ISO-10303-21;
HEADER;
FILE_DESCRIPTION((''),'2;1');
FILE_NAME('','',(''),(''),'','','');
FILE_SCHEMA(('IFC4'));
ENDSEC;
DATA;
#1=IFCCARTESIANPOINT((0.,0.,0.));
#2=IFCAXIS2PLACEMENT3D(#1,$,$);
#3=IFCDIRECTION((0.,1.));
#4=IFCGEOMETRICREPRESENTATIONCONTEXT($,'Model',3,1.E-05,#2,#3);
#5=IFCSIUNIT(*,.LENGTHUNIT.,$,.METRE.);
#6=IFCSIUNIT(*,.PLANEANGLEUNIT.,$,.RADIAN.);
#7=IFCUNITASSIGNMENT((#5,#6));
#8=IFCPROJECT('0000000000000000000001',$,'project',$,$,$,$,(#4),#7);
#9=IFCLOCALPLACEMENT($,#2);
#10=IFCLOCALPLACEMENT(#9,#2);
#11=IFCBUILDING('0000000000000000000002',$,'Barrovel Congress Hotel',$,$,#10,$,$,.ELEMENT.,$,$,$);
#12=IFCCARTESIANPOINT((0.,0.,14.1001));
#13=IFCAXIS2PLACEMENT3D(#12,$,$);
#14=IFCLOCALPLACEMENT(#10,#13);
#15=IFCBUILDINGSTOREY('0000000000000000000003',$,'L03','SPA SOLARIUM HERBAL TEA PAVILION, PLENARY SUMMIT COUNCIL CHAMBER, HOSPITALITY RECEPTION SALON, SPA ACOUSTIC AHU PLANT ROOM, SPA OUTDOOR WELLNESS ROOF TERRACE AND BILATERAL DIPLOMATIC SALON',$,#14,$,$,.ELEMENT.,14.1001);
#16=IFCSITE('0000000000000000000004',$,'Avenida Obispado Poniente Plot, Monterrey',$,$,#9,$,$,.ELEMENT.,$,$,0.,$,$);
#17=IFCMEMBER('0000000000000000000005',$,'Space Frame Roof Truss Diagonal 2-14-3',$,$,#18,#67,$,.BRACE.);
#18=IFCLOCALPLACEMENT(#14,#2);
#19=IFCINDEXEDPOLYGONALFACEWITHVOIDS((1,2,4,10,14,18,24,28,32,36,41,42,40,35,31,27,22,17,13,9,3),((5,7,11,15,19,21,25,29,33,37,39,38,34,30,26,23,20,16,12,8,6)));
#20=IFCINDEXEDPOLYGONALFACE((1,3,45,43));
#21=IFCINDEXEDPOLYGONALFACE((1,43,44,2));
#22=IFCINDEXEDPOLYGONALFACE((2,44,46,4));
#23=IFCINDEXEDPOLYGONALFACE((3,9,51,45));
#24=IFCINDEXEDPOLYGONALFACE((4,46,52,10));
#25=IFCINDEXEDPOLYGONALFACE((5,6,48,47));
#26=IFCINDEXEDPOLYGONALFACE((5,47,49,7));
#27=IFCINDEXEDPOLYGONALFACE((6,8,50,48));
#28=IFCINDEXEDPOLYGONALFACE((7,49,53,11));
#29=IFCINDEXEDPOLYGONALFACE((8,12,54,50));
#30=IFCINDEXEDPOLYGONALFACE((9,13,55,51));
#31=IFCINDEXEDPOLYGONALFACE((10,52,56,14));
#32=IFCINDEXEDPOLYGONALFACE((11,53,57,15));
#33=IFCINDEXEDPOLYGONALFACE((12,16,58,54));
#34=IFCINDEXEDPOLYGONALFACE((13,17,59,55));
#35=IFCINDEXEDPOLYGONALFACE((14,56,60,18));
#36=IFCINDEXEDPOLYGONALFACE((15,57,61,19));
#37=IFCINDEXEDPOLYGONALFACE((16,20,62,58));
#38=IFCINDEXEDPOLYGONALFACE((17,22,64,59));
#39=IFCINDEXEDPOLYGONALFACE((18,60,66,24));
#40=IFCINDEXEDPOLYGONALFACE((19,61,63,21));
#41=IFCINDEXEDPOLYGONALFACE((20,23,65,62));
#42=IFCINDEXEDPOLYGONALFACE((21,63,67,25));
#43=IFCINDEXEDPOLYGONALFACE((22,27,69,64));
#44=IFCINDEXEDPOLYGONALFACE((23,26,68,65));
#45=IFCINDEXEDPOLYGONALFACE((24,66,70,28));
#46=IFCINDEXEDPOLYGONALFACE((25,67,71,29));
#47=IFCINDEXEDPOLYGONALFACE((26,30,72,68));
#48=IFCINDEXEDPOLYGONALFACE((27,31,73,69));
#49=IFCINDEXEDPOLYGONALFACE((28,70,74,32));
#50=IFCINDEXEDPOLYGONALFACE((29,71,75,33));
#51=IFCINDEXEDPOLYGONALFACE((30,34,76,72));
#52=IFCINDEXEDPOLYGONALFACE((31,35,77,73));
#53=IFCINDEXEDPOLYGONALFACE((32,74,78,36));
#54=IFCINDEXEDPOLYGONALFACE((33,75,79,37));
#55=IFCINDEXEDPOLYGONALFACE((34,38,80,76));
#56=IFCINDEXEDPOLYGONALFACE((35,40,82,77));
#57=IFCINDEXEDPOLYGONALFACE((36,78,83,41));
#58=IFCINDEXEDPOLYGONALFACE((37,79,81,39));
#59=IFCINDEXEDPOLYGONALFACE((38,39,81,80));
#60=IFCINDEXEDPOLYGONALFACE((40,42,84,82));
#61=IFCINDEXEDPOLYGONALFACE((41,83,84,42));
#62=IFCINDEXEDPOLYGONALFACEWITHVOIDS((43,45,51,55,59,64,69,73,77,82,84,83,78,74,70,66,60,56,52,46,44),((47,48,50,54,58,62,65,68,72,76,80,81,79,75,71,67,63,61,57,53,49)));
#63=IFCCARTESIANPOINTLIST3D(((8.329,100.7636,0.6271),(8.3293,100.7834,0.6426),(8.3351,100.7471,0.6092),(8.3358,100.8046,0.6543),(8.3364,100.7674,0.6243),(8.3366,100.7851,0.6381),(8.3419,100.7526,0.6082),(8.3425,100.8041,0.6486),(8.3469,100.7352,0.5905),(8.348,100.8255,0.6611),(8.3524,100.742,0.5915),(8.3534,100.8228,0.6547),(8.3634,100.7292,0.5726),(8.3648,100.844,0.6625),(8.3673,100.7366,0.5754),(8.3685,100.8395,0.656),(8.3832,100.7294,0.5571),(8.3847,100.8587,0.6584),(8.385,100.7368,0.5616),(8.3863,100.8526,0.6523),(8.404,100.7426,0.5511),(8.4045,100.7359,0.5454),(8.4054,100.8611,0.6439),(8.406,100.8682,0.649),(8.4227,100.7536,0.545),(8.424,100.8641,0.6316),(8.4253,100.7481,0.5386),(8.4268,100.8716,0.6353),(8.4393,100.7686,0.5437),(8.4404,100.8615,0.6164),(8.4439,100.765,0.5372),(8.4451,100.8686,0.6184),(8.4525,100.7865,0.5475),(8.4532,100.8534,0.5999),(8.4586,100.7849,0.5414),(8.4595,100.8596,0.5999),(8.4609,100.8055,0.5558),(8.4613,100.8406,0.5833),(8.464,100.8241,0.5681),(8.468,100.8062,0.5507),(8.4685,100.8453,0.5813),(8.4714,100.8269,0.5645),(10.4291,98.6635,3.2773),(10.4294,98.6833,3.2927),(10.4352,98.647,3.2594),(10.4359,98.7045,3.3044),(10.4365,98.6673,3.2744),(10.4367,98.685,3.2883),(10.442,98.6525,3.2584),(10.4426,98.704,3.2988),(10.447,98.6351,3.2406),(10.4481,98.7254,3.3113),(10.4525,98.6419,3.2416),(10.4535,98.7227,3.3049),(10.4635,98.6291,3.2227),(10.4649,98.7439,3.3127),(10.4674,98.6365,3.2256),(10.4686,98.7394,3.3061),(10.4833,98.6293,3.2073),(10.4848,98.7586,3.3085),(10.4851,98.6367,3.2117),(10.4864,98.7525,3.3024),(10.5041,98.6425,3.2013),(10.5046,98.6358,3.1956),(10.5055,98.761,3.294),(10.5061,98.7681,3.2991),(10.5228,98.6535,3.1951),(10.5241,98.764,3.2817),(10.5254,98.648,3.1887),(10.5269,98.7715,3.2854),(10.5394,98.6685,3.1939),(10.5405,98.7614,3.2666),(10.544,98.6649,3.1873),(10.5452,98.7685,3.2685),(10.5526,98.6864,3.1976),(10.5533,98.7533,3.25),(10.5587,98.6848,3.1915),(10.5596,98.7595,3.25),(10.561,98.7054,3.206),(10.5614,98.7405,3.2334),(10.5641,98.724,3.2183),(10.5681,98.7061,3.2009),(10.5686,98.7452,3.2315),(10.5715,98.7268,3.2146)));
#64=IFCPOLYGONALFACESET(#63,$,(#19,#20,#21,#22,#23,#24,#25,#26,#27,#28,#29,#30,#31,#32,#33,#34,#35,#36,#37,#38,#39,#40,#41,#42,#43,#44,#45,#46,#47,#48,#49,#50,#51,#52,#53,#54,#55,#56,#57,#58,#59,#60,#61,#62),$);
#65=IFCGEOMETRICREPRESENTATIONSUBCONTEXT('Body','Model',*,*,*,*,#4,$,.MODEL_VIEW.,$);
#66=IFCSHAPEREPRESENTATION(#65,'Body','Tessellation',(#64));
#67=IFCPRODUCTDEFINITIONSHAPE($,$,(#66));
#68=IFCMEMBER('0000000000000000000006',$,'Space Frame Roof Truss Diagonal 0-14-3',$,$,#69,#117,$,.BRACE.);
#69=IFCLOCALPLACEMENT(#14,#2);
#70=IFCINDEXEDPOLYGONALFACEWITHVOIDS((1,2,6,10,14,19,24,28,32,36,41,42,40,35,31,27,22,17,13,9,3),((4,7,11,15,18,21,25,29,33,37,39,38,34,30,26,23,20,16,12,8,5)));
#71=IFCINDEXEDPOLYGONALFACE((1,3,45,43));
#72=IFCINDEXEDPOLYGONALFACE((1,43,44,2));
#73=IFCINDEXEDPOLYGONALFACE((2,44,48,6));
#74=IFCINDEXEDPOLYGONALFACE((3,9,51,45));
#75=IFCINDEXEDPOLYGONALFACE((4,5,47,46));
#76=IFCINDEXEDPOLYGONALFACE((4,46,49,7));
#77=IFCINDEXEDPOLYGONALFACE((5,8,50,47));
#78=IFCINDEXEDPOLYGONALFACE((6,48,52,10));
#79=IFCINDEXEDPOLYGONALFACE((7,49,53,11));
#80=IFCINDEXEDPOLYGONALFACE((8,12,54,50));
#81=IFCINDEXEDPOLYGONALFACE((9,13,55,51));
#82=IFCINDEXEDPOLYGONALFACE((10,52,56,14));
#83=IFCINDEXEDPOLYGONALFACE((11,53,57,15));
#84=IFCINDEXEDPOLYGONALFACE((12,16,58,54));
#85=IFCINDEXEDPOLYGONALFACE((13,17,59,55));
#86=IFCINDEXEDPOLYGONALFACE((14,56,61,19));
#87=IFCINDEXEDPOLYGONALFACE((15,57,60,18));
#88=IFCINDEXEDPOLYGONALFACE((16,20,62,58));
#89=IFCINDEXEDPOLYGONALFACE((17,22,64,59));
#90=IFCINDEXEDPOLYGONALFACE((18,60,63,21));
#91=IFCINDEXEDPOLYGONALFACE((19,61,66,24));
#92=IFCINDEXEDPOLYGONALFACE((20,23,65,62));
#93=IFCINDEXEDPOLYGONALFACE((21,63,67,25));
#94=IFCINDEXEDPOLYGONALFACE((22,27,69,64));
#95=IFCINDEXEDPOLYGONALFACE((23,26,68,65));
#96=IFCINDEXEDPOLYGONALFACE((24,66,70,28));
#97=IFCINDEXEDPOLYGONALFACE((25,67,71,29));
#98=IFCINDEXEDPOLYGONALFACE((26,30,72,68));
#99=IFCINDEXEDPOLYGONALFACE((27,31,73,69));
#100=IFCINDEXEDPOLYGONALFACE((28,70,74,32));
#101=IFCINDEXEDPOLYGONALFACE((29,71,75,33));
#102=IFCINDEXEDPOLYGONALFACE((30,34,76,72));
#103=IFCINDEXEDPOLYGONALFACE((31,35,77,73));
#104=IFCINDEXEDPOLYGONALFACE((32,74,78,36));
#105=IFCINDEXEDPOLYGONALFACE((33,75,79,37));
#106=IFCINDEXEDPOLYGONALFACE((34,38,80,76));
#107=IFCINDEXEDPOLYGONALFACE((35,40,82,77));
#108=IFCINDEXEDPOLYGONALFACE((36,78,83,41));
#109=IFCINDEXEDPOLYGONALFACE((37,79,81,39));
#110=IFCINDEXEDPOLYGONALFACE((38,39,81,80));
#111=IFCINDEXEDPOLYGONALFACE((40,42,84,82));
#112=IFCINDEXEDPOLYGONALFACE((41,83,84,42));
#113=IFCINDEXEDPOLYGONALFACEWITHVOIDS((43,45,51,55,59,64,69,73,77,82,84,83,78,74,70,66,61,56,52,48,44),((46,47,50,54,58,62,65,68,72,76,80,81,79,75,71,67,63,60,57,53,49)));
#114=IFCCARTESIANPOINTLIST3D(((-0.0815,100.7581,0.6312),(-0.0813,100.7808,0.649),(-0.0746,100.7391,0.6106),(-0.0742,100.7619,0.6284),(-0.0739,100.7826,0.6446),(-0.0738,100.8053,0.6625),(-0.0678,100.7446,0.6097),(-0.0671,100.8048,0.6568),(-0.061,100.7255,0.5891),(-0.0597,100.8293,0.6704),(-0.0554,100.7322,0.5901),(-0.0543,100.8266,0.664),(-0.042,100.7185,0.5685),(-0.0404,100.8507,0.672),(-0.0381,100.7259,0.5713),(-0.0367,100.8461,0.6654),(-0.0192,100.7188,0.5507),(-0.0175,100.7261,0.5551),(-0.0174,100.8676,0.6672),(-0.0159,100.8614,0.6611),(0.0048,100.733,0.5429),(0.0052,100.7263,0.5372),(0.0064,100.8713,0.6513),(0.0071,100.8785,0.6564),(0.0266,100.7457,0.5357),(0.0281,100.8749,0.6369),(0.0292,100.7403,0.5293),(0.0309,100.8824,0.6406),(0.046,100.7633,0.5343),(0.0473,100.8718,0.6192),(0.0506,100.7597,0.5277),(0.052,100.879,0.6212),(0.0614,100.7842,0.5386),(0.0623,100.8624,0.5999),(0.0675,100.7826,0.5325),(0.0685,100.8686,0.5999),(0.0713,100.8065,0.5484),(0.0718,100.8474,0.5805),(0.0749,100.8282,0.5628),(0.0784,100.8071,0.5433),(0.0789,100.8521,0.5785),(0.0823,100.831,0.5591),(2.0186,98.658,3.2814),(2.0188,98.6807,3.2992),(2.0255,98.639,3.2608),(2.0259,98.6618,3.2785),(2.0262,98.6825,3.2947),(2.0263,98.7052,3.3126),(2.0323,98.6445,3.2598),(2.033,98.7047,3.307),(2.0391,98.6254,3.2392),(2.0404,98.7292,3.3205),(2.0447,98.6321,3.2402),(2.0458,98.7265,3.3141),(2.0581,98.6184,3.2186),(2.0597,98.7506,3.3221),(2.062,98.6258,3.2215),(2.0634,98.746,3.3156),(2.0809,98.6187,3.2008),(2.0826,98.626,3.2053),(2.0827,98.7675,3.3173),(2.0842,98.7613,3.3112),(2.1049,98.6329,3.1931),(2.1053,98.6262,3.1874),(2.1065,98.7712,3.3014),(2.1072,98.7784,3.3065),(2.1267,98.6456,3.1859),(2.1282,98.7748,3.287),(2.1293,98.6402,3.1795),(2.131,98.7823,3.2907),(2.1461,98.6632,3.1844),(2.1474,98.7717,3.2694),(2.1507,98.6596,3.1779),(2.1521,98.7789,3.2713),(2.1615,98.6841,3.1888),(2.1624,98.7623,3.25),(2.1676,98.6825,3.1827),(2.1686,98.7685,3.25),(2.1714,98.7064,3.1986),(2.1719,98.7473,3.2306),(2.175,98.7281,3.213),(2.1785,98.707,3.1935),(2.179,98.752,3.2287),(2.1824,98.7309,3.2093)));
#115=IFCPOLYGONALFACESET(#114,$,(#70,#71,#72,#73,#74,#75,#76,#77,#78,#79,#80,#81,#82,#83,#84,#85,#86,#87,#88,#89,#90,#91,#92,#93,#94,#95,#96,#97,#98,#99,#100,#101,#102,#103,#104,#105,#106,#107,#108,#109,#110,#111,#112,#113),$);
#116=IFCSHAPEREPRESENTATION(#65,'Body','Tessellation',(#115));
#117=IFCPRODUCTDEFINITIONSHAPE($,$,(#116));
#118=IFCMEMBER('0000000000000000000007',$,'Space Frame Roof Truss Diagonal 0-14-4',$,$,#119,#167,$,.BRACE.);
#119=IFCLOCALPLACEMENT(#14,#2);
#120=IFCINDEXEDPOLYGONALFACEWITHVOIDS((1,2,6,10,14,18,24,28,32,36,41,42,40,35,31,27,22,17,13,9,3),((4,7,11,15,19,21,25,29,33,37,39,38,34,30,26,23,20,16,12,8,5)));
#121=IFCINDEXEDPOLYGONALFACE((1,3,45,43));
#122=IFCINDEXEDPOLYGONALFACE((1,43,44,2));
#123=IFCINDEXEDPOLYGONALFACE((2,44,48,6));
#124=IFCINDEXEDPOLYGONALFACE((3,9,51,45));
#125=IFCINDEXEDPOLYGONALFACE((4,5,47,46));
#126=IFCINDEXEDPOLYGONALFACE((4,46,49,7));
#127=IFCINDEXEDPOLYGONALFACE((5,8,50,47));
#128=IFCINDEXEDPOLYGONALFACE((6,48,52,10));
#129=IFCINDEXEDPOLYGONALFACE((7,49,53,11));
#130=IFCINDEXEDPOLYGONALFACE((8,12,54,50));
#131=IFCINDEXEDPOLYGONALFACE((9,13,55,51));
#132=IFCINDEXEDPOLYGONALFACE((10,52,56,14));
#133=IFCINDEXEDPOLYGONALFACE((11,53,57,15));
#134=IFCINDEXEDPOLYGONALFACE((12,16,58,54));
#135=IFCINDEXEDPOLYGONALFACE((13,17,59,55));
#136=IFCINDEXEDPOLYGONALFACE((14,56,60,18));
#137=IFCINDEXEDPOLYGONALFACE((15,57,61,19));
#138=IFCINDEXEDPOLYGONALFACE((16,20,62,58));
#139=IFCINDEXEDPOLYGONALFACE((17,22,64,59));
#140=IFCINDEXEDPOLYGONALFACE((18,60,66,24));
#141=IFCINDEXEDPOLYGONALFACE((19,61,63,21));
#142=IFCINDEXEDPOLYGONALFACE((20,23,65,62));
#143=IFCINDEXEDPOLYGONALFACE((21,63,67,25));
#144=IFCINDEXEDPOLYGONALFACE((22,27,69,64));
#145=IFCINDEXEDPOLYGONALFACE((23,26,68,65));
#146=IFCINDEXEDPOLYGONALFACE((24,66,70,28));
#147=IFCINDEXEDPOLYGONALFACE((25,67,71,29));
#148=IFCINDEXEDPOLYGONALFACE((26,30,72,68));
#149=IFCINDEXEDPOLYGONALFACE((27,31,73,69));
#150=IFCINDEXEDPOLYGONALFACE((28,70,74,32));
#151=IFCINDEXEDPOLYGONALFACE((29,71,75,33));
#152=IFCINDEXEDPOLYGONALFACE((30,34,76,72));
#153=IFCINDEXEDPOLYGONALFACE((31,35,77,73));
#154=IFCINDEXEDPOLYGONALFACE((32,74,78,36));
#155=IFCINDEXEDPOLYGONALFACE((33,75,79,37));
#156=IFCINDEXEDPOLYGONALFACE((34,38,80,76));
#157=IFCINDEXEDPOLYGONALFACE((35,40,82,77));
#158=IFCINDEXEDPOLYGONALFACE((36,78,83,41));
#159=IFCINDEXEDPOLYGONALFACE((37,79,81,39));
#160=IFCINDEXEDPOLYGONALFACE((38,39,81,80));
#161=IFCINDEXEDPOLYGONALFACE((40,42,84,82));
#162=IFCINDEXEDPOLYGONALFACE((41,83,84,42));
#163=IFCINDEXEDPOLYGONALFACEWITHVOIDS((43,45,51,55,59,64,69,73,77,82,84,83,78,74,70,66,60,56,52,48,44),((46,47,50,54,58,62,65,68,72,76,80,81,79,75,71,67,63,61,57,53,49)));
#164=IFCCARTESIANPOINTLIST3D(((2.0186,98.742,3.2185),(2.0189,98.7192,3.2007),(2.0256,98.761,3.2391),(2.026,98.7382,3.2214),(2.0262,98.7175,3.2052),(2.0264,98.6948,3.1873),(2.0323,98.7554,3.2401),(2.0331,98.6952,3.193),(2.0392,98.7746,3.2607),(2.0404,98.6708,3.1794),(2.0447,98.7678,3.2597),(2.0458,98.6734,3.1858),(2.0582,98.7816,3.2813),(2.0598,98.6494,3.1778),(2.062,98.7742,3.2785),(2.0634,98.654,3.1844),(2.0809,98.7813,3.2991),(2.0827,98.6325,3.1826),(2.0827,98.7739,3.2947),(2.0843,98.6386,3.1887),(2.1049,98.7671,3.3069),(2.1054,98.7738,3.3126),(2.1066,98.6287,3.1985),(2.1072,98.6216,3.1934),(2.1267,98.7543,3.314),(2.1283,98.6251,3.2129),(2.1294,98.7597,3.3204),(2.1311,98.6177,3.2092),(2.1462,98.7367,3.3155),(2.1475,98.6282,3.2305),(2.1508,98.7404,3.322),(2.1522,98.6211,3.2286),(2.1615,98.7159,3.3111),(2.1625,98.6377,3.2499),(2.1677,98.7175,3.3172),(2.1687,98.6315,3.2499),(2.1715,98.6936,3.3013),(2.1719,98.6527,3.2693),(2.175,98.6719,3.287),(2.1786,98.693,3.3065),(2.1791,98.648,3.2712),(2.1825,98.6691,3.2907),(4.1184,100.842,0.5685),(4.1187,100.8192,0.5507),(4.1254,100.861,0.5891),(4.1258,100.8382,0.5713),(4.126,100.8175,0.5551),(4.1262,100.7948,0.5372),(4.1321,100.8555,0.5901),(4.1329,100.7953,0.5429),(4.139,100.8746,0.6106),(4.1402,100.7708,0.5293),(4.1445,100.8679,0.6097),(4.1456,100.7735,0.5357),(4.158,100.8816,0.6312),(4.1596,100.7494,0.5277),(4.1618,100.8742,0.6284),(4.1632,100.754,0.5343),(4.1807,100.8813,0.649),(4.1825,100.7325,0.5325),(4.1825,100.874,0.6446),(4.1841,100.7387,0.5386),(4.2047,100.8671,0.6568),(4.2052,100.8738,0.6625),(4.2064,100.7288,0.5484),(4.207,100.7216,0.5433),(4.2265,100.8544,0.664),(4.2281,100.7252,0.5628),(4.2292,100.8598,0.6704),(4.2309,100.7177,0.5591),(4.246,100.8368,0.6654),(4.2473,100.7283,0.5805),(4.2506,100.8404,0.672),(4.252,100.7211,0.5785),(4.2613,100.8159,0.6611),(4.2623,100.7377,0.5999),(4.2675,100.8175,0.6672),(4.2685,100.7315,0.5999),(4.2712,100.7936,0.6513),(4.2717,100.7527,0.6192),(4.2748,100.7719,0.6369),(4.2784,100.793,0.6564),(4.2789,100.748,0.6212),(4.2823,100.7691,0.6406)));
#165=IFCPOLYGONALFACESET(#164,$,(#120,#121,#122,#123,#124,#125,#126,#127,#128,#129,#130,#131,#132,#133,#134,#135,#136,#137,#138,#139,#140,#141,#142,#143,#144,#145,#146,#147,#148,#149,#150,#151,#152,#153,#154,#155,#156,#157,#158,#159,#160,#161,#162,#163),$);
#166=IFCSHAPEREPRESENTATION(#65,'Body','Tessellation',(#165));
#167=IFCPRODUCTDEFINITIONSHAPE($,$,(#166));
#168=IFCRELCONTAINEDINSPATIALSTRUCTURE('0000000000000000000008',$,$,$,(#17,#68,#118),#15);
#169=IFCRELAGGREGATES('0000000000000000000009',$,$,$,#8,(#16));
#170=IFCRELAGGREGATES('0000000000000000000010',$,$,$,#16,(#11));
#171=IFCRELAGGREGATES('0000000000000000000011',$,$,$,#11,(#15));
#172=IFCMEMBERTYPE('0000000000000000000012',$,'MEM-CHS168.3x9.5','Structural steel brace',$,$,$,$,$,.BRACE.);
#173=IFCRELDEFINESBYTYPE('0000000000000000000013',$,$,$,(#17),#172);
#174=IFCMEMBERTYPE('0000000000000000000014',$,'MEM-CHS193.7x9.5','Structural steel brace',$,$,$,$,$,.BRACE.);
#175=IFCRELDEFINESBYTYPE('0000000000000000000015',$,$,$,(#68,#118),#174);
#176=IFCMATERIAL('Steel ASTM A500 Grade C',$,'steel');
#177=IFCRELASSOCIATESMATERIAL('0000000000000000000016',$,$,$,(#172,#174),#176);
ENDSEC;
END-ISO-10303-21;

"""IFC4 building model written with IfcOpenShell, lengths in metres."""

from ifc_helpers import new_model, si_unit, direction, frame, origin, origin_2d, place, context, subcontext, project, spatial, hollow_circle, extrude, material, material_profile, profile_set, type_object, element, save


model = new_model("IFC4")

# Units and contexts
model_context = context("Model", 3, precision=1e-05, world=origin(), true_north=direction((0.0, 1.0)))
body_context = subcontext(model_context, "Body", "Model", "MODEL_VIEW")
ifc_project = project(units=[si_unit("LENGTHUNIT", "METRE"), si_unit("PLANEANGLEUNIT", "RADIAN")], contexts=[model_context])

# Site, building, storey
site_placement = place(None, origin())
site = spatial("IfcSite", under=ifc_project, at=site_placement, Name="Avenida Obispado Poniente Plot, Monterrey", CompositionType="ELEMENT", RefElevation=0.0)
building_placement = place(site_placement, origin())
building = spatial("IfcBuilding", under=site, at=building_placement, Name="Barrovel Congress Hotel", CompositionType="ELEMENT")
storey_placement = place(building_placement, frame((0.0, 0.0, 14.1001)))
storey = spatial("IfcBuildingStorey", under=building, at=storey_placement, Name="L03", Description="SPA SOLARIUM HERBAL TEA PAVILION, PLENARY SUMMIT COUNCIL CHAMBER, HOSPITALITY RECEPTION SALON, SPA ACOUSTIC AHU PLANT ROOM, SPA OUTDOOR WELLNESS ROOF TERRACE AND BILATERAL DIPLOMATIC SALON", CompositionType="ELEMENT", Elevation=14.1001)

# Members
ifc_material_1 = material(Name="Steel ASTM A500 Grade C", Category="steel")
ifc_material_profile_1 = material_profile(ifc_material_1, hollow_circle(Radius=0.0842, WallThickness=0.0088, at=origin_2d()), Name="CHS168.3x9.5")
ifc_profile_set_1 = profile_set([ifc_material_profile_1], Name="Steel ASTM A500 Grade C")
member_type_1 = type_object("IfcMemberType", Name="MEM-CHS168.3x9.5", Description="Structural steel brace", PredefinedType="BRACE", material=ifc_profile_set_1)
member_1_placement = place(storey_placement, frame((8.3999, 100.8, 0.5999), z_axis=(0.527601, -0.527601, 0.665788), x_axis=(0.707107, 0.707107, 0.0)))
element("IfcMember", 1, at=member_1_placement, inside=storey, type_object=member_type_1, Name="Space Frame Roof Truss Diagonal 2-14-3", PredefinedType="BRACE", context=body_context, shape_type="SweptSolid", body=[
    extrude(hollow_circle(Radius=0.0842, WallThickness=0.0088, at=origin_2d()), origin(), (0.0, 0.0, 1.0), 3.9805),
])
ifc_material_profile_2 = material_profile(ifc_material_1, hollow_circle(Radius=0.0969, WallThickness=0.0088, at=origin_2d()), Name="CHS193.7x9.5")
ifc_profile_set_2 = profile_set([ifc_material_profile_2], Name="Steel ASTM A500 Grade C")
member_type_2 = type_object("IfcMemberType", Name="MEM-CHS193.7x9.5", Description="Structural steel brace", PredefinedType="BRACE", material=ifc_profile_set_2)
member_2_placement = place(storey_placement, frame((0.0, 100.8, 0.5999), z_axis=(0.527601, -0.527601, 0.665788), x_axis=(0.707107, 0.707107, 0.0)))
element("IfcMember", 2, at=member_2_placement, inside=storey, type_object=member_type_2, Name="Space Frame Roof Truss Diagonal 0-14-3", PredefinedType="BRACE", context=body_context, shape_type="SweptSolid", body=[
    extrude(hollow_circle(Radius=0.0969, WallThickness=0.0088, at=origin_2d()), origin(), (0.0, 0.0, 1.0), 3.9805),
])
for number, where, z_axis, x_axis, name in (
    (3, (4.2, 100.8, 0.5999), (-0.527557, -0.527618, 0.66581), (0.707148, -0.707066, 0.0), "Space Frame Roof Truss Diagonal 0-14-4"),
):
    element("IfcMember", number, at=place(storey_placement, frame(where, z_axis=z_axis, x_axis=x_axis)), inside=storey, type_object=member_type_2, Name=name, PredefinedType="BRACE", context=body_context, shape_type="SweptSolid", body=[
        extrude(hollow_circle(Radius=0.0969, WallThickness=0.0088, at=origin_2d()), origin(), (0.0, 0.0, 1.0), 3.9802),
    ])

save(model, "model.ifc")
